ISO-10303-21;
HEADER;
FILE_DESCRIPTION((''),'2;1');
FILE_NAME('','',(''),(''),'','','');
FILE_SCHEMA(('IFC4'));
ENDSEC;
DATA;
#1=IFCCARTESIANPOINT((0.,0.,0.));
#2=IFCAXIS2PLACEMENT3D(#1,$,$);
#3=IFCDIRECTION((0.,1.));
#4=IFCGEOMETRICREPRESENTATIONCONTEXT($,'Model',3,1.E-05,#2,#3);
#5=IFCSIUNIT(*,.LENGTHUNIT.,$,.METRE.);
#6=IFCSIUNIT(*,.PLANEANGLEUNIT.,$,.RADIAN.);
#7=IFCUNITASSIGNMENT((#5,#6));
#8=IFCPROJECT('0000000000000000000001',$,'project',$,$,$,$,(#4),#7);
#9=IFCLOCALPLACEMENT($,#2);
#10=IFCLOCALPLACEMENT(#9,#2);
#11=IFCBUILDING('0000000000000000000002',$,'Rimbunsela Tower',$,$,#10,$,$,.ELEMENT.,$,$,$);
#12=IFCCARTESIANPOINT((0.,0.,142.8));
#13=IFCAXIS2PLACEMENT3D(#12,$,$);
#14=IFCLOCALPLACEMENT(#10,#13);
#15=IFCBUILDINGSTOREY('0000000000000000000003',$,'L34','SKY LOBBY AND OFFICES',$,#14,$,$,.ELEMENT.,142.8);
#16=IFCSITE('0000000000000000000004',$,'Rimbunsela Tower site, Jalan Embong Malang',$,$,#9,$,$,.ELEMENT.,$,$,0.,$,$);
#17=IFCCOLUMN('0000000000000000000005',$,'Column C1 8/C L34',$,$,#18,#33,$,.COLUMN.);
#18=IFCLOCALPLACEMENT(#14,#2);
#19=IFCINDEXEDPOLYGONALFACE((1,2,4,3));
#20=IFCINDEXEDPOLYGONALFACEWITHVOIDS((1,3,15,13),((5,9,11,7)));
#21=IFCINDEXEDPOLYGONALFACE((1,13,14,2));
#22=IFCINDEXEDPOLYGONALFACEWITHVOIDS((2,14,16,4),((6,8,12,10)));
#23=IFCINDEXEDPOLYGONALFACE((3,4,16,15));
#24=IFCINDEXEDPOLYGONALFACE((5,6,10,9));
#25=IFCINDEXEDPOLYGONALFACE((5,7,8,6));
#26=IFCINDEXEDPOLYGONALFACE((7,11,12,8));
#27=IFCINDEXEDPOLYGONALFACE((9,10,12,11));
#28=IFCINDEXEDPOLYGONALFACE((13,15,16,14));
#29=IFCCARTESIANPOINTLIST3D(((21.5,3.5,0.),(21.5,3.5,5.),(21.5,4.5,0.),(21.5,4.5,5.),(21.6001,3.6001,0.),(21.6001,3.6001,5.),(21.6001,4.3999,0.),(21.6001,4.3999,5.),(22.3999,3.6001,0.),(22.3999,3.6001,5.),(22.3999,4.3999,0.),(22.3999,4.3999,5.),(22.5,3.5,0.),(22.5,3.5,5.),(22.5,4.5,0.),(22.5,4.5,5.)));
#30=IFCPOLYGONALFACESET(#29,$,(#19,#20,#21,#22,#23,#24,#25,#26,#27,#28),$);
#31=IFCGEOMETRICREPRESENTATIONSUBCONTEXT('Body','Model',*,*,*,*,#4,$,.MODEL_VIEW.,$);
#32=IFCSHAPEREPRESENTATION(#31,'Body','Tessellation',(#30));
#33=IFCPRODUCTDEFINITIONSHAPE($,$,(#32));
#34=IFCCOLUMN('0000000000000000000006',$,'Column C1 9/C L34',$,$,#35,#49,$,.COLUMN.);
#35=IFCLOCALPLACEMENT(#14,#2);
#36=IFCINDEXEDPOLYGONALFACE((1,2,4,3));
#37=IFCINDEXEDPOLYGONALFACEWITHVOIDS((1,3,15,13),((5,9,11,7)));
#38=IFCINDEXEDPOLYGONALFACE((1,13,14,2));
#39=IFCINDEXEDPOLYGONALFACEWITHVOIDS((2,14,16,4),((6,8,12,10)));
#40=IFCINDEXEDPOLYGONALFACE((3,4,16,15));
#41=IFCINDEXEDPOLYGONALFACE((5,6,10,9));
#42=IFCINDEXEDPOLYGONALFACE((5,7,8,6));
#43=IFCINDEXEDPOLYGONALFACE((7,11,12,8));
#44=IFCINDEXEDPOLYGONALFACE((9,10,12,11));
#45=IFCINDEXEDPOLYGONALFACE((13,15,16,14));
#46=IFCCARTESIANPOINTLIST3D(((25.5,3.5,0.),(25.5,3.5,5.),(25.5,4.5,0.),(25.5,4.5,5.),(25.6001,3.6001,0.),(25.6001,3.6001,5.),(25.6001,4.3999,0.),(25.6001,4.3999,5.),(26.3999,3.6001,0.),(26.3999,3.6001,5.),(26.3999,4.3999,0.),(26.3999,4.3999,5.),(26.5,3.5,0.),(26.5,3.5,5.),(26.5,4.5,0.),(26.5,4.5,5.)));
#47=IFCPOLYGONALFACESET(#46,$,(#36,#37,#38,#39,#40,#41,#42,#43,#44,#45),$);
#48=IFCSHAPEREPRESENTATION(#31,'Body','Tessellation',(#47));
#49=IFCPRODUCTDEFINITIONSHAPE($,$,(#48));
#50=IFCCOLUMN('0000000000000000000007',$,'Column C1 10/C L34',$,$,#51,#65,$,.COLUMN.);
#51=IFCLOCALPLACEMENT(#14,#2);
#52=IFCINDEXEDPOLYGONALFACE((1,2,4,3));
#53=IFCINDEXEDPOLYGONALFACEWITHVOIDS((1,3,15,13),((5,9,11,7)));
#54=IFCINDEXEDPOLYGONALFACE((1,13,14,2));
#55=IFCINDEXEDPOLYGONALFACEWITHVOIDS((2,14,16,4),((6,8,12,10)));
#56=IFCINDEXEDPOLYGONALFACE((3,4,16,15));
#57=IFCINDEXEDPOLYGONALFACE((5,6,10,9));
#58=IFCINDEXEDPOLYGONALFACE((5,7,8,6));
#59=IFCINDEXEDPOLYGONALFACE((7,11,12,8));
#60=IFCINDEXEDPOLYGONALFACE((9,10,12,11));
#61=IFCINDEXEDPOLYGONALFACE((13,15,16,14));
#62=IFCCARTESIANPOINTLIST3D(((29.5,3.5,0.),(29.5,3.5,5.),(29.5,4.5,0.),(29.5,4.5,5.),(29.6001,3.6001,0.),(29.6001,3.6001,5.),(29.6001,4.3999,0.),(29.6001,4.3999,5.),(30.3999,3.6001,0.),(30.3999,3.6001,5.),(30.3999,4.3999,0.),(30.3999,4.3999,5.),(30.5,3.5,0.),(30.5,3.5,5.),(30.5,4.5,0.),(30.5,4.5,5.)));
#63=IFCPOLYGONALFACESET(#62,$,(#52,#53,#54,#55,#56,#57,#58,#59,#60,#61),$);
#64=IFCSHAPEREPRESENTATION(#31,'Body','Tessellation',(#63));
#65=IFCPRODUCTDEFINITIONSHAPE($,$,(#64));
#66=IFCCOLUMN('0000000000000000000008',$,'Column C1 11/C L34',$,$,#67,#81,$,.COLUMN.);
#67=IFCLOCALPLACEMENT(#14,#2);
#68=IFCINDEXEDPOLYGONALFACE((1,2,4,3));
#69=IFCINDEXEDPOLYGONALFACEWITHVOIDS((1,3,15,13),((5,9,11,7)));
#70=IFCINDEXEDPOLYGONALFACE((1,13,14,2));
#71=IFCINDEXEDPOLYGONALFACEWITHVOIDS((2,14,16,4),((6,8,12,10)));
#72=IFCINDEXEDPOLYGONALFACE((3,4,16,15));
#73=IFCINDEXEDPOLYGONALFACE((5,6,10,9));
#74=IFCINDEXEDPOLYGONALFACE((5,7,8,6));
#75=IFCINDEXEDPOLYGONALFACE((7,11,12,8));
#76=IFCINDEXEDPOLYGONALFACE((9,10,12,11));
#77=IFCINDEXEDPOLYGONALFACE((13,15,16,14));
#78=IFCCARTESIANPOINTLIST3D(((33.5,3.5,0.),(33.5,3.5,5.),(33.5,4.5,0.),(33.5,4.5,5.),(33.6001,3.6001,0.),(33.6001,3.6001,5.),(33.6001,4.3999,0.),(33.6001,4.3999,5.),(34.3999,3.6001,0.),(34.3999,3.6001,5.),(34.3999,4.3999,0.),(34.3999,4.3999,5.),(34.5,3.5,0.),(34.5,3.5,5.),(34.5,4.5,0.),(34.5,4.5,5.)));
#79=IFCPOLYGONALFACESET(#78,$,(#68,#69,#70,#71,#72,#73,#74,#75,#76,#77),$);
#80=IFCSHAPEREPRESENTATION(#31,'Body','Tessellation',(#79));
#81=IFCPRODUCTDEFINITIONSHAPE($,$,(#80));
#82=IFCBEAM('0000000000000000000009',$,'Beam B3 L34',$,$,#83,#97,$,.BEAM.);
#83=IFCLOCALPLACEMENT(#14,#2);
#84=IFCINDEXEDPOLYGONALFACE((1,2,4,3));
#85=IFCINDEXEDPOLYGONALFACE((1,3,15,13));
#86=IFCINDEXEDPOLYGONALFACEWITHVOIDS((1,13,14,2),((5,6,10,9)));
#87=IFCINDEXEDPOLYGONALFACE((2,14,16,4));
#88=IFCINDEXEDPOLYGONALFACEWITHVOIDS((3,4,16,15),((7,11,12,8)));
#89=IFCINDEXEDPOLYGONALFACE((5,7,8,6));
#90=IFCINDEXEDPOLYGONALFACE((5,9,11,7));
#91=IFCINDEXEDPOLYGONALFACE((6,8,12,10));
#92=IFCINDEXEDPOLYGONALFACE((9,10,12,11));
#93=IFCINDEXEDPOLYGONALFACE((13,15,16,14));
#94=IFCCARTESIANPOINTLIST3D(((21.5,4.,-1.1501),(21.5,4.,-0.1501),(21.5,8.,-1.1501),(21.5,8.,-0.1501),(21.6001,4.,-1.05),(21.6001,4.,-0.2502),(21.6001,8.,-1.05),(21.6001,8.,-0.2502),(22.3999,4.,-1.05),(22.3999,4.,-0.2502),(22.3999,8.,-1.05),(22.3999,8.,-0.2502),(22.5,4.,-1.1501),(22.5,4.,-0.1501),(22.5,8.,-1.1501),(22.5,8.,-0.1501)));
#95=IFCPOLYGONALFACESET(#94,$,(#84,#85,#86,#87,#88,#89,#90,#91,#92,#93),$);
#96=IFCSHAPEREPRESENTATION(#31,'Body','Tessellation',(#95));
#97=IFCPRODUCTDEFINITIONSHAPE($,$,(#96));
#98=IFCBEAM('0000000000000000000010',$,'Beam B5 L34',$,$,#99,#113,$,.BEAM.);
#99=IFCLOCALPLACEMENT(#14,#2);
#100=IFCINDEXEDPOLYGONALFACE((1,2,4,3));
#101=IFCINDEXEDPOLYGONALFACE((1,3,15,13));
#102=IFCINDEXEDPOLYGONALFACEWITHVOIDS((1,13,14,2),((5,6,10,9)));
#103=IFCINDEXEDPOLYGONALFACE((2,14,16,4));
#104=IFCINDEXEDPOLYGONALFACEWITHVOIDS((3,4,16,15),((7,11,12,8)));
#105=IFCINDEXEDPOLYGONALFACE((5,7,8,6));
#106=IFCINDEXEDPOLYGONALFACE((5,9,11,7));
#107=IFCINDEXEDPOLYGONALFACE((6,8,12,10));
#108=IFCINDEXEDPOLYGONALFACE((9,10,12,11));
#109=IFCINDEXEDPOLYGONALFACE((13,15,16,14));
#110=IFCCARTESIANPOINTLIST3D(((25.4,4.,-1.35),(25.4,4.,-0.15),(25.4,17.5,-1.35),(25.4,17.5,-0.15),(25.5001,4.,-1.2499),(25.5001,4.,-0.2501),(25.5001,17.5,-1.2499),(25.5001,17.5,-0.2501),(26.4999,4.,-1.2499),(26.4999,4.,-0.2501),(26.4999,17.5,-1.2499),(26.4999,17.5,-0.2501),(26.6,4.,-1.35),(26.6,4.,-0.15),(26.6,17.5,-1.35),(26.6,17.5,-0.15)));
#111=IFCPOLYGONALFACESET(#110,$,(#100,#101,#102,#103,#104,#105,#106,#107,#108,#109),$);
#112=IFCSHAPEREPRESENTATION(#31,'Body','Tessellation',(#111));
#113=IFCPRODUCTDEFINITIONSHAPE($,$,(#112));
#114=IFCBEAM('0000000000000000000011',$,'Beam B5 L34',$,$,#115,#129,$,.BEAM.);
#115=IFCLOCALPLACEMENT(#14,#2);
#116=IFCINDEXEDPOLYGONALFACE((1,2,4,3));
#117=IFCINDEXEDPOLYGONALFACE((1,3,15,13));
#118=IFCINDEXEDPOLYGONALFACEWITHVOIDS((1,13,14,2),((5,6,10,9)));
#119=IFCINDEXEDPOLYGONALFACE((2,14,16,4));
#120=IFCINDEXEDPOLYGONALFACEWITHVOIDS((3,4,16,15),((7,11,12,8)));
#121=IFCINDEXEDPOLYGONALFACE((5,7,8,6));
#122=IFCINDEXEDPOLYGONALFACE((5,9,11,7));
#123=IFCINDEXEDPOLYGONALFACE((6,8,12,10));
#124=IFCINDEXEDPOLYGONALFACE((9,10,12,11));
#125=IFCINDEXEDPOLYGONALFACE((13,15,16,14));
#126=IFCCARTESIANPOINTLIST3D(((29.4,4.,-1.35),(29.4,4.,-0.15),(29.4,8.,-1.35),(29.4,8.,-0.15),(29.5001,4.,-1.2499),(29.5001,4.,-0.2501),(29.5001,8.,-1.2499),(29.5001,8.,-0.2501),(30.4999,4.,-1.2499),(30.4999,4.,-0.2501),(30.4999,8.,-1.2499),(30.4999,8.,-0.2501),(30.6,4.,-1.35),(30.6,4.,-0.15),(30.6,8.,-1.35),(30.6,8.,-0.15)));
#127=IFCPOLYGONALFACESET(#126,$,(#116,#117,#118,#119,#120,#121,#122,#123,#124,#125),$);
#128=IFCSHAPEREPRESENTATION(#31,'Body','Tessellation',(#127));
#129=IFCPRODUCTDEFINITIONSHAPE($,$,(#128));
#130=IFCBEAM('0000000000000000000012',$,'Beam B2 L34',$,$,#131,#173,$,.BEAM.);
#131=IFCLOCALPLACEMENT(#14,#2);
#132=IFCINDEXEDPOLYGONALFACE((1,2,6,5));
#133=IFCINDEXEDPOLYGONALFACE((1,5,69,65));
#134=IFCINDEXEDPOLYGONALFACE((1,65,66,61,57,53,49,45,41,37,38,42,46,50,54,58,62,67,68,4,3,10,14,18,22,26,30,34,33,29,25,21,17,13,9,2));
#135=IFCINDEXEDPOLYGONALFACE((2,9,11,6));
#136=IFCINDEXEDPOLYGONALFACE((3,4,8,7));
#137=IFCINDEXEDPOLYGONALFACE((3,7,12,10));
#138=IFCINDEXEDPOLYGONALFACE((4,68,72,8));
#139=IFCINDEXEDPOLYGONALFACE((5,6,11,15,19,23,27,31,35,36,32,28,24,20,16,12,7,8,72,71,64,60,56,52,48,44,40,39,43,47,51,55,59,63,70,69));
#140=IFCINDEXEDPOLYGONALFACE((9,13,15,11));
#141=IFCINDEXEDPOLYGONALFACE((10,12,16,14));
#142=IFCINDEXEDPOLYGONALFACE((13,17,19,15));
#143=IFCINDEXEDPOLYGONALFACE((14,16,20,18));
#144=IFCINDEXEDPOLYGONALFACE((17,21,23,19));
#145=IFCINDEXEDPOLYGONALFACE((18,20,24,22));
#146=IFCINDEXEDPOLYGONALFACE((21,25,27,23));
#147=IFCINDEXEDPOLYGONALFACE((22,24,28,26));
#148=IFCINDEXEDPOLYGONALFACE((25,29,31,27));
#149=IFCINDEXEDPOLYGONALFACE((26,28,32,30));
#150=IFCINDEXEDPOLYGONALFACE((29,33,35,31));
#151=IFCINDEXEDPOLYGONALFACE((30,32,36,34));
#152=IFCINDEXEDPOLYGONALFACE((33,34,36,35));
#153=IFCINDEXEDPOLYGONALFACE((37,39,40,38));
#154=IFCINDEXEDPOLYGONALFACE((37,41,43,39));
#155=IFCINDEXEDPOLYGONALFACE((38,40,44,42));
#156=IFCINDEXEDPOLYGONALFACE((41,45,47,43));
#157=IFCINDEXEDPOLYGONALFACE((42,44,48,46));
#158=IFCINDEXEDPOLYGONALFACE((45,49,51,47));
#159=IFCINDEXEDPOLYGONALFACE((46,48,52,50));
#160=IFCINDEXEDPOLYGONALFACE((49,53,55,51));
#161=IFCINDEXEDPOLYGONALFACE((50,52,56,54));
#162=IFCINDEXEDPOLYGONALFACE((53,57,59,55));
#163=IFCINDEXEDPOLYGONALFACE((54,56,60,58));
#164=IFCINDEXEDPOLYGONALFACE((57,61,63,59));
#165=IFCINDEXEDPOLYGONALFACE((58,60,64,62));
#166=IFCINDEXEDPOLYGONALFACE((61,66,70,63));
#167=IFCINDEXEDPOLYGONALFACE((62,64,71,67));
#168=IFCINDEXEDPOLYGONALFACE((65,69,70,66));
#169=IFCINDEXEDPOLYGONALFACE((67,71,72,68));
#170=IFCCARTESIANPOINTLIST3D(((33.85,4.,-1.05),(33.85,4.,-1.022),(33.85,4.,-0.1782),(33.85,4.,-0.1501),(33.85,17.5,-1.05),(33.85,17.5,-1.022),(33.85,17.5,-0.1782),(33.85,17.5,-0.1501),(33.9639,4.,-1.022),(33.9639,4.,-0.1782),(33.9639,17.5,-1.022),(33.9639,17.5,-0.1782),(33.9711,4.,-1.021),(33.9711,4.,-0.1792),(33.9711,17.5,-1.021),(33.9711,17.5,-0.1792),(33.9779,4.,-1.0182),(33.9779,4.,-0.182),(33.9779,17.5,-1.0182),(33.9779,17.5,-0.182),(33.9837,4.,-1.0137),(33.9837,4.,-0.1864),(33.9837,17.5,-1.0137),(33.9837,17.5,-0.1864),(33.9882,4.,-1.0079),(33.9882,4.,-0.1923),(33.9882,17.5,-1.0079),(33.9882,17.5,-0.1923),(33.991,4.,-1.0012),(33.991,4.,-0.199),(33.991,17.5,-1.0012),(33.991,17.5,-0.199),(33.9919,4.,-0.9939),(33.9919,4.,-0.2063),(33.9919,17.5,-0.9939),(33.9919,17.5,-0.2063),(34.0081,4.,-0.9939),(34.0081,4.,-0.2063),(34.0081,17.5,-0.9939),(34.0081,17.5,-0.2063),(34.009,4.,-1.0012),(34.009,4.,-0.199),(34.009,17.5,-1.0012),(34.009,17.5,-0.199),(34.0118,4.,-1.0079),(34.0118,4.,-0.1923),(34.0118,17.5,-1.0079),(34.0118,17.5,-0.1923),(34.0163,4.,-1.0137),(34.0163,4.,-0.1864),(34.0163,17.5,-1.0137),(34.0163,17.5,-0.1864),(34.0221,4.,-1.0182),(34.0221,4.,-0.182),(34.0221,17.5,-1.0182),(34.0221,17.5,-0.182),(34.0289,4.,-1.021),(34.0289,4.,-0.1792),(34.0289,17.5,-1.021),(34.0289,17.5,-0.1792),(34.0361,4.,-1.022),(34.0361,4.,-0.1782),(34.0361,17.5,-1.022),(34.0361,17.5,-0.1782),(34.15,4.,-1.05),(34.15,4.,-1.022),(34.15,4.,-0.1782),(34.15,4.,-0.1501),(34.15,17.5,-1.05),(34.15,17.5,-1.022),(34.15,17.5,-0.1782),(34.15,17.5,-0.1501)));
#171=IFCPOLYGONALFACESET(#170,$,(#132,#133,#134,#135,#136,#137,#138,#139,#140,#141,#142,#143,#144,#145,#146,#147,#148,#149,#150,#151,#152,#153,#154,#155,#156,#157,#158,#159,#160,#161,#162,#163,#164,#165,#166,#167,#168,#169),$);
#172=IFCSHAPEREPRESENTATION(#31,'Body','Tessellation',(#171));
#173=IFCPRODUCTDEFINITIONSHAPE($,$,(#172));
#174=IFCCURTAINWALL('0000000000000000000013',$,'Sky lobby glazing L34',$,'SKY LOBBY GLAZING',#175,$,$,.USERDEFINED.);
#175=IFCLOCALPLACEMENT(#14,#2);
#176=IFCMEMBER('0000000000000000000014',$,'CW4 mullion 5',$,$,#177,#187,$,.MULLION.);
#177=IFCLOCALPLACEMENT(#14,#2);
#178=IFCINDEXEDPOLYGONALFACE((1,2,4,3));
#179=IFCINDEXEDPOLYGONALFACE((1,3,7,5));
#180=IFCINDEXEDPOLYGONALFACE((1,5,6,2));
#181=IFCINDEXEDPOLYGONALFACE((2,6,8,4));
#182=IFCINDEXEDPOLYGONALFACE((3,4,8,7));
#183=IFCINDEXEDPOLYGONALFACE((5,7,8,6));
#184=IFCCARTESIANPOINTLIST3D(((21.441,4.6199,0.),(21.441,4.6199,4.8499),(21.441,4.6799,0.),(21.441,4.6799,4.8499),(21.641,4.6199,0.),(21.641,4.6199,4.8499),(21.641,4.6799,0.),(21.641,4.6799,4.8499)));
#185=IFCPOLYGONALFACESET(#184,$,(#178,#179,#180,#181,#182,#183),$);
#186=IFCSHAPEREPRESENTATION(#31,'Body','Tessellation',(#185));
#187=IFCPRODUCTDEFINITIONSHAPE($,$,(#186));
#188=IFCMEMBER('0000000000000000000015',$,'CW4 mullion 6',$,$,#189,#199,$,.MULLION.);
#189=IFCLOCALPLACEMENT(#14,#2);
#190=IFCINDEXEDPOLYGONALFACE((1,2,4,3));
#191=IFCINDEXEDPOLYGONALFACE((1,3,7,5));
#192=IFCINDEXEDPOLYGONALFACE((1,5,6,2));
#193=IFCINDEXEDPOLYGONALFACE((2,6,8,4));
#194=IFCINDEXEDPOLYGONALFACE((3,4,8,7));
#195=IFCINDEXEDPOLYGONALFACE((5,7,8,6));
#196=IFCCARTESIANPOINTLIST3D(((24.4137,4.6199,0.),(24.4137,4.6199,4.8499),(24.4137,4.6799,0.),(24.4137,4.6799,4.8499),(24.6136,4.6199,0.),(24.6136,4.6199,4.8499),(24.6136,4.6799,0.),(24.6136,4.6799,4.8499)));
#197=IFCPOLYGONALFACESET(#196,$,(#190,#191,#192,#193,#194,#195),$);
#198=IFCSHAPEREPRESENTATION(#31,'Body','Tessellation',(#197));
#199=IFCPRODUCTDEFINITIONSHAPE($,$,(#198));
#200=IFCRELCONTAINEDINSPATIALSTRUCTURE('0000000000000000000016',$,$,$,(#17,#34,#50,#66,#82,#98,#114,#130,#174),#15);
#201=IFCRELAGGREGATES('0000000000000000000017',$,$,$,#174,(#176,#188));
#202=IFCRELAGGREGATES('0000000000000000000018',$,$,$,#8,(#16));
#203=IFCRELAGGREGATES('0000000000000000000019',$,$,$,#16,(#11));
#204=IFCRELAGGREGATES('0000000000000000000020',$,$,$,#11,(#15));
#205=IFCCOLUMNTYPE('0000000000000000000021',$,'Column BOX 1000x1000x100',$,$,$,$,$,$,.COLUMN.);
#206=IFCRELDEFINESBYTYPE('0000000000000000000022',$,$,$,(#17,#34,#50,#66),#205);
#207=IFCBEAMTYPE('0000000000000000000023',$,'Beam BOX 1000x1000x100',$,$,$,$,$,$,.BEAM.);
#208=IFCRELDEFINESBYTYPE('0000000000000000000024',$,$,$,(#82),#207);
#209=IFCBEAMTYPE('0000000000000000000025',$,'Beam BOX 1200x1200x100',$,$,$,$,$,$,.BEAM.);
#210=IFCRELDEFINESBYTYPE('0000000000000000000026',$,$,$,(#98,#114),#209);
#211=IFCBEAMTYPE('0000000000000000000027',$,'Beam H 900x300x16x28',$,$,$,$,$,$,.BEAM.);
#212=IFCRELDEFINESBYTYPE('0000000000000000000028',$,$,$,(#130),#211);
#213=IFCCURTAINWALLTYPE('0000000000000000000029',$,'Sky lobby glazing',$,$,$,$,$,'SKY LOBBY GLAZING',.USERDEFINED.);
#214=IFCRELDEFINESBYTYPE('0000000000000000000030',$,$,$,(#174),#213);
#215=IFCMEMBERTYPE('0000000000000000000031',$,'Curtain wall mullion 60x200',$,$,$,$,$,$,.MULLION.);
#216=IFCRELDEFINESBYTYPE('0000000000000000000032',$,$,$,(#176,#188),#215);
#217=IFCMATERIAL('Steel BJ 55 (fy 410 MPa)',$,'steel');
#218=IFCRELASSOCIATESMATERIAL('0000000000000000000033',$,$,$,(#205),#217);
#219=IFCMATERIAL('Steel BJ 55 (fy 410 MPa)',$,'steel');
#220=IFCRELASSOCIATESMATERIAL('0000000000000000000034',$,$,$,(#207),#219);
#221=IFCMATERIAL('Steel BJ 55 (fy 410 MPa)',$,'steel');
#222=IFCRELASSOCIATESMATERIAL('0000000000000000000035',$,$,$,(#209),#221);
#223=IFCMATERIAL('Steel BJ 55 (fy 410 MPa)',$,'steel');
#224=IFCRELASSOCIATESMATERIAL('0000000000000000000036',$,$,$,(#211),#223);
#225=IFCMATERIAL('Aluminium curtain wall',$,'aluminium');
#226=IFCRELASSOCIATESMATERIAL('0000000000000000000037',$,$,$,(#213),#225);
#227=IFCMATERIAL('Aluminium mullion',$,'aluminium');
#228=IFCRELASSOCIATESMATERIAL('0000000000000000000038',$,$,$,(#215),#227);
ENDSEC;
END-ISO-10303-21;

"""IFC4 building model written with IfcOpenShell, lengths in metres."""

from ifc_helpers import new_model, si_unit, direction, frame, origin, origin_2d, place, context, subcontext, project, spatial, rectangle, hollow_rectangle, i_section, extrude, material, material_profile, profile_set, type_object, element, aggregate, save


model = new_model("IFC4")

# Units and contexts
model_context = context("Model", 3, precision=1e-05, world=origin(), true_north=direction((0.0, 1.0)))
body_context = subcontext(model_context, "Body", "Model", "MODEL_VIEW")
ifc_project = project(units=[si_unit("LENGTHUNIT", "METRE"), si_unit("PLANEANGLEUNIT", "RADIAN")], contexts=[model_context])

# Site, building, storey
site_placement = place(None, origin())
site = spatial("IfcSite", under=ifc_project, at=site_placement, Name="Rimbunsela Tower site, Jalan Embong Malang", CompositionType="ELEMENT", RefElevation=0.0)
building_placement = place(site_placement, origin())
building = spatial("IfcBuilding", under=site, at=building_placement, Name="Rimbunsela Tower", CompositionType="ELEMENT")
storey_placement = place(building_placement, frame((0.0, 0.0, 142.8)))
storey = spatial("IfcBuildingStorey", under=building, at=storey_placement, Name="L34", Description="SKY LOBBY AND OFFICES", CompositionType="ELEMENT", Elevation=142.8)

# Columns
ifc_material_1 = material(Name="Steel BJ 55 (fy 410 MPa)", Category="steel")
ifc_material_profile_1 = material_profile(ifc_material_1, hollow_rectangle(XDim=1.0, YDim=1.0, WallThickness=0.1001, at=origin_2d()), Name="BOX 1000x1000x100")
ifc_profile_set_1 = profile_set([ifc_material_profile_1], Name="Steel BJ 55 (fy 410 MPa)")
column_type = type_object("IfcColumnType", Name="Column BOX 1000x1000x100", PredefinedType="COLUMN", material=ifc_profile_set_1)
for number, where, z_axis, x_axis, name in (
    (1, (22.0, 4.0, 0.0), (0.0, 0.0, 1.0), (1.0, 0.0, 0.0), "Column C1 8/C L34"),
    (2, (26.0, 4.0, 0.0), (0.0, 0.0, 1.0), (1.0, 0.0, 0.0), "Column C1 9/C L34"),
    (3, (30.0, 4.0, 0.0), (0.0, 0.0, 1.0), (1.0, 0.0, 0.0), "Column C1 10/C L34"),
    (4, (34.0, 4.0, 0.0), (0.0, 0.0, 1.0), (1.0, 0.0, 0.0), "Column C1 11/C L34"),
):
    element("IfcColumn", number, at=place(storey_placement, frame(where, z_axis=z_axis, x_axis=x_axis)), inside=storey, type_object=column_type, Name=name, PredefinedType="COLUMN", context=body_context, shape_type="SweptSolid", body=[
        extrude(hollow_rectangle(XDim=1.0, YDim=1.0, WallThickness=0.1001, at=origin_2d()), origin(), (0.0, 0.0, 1.0), 5.0),
    ])

# Beams
ifc_material_2 = material(Name="Steel BJ 55 (fy 410 MPa)", Category="steel")
ifc_material_profile_2 = material_profile(ifc_material_2, hollow_rectangle(XDim=1.0, YDim=1.0, WallThickness=0.1001, at=origin_2d()), Name="BOX 1000x1000x100")
ifc_profile_set_2 = profile_set([ifc_material_profile_2], Name="Steel BJ 55 (fy 410 MPa)")
beam_type_1 = type_object("IfcBeamType", Name="Beam BOX 1000x1000x100", PredefinedType="BEAM", material=ifc_profile_set_2)
beam_1_placement = place(storey_placement, frame((22.0, 4.0, -0.6501), z_axis=(0.0, 1.0, 0.0), x_axis=(-1.0, 0.0, 0.0)))
element("IfcBeam", 5, at=beam_1_placement, inside=storey, type_object=beam_type_1, Name="Beam B3 L34", PredefinedType="BEAM", context=body_context, shape_type="SweptSolid", body=[
    extrude(hollow_rectangle(XDim=1.0, YDim=1.0, WallThickness=0.1001, at=origin_2d()), origin(), (0.0, 0.0, 1.0), 4.0),
])
ifc_material_3 = material(Name="Steel BJ 55 (fy 410 MPa)", Category="steel")
ifc_material_profile_3 = material_profile(ifc_material_3, hollow_rectangle(XDim=1.2, YDim=1.2, WallThickness=0.1001, at=origin_2d()), Name="BOX 1200x1200x100")
ifc_profile_set_3 = profile_set([ifc_material_profile_3], Name="Steel BJ 55 (fy 410 MPa)")
beam_type_2 = type_object("IfcBeamType", Name="Beam BOX 1200x1200x100", PredefinedType="BEAM", material=ifc_profile_set_3)
beam_2_placement = place(storey_placement, frame((26.0, 4.0, -0.75), z_axis=(0.0, 1.0, 0.0), x_axis=(-1.0, 0.0, 0.0)))
element("IfcBeam", 6, at=beam_2_placement, inside=storey, type_object=beam_type_2, Name="Beam B5 L34", PredefinedType="BEAM", context=body_context, shape_type="SweptSolid", body=[
    extrude(hollow_rectangle(XDim=1.2, YDim=1.2, WallThickness=0.1001, at=origin_2d()), origin(), (0.0, 0.0, 1.0), 13.5),
])
beam_3_placement = place(storey_placement, frame((30.0, 4.0, -0.75), z_axis=(0.0, 1.0, 0.0), x_axis=(-1.0, 0.0, 0.0)))
element("IfcBeam", 7, at=beam_3_placement, inside=storey, type_object=beam_type_2, Name="Beam B5 L34", PredefinedType="BEAM", context=body_context, shape_type="SweptSolid", body=[
    extrude(hollow_rectangle(XDim=1.2, YDim=1.2, WallThickness=0.1001, at=origin_2d()), origin(), (0.0, 0.0, 1.0), 4.0),
])
ifc_material_4 = material(Name="Steel BJ 55 (fy 410 MPa)", Category="steel")
ifc_material_profile_4 = material_profile(ifc_material_4, i_section(OverallWidth=0.3, OverallDepth=0.8999, WebThickness=0.0161, FlangeThickness=0.0281, FilletRadius=0.0281, at=origin_2d()), Name="H 900x300x16x28")
ifc_profile_set_4 = profile_set([ifc_material_profile_4], Name="Steel BJ 55 (fy 410 MPa)")
beam_type_3 = type_object("IfcBeamType", Name="Beam H 900x300x16x28", PredefinedType="BEAM", material=ifc_profile_set_4)
beam_4_placement = place(storey_placement, frame((34.0, 4.0, -0.6001), z_axis=(0.0, 1.0, 0.0), x_axis=(-1.0, 0.0, 0.0)))
element("IfcBeam", 8, at=beam_4_placement, inside=storey, type_object=beam_type_3, Name="Beam B2 L34", PredefinedType="BEAM", context=body_context, shape_type="SweptSolid", body=[
    extrude(i_section(OverallWidth=0.3, OverallDepth=0.8999, WebThickness=0.0161, FlangeThickness=0.0281, FilletRadius=0.0281, at=origin_2d()), origin(), (0.0, 0.0, 1.0), 13.5),
])

# Curtain wall, members
ifc_material_5 = material(Name="Aluminium curtain wall", Category="aluminium")
curtain_wall_type = type_object("IfcCurtainWallType", Name="Sky lobby glazing", ElementType="SKY LOBBY GLAZING", PredefinedType="USERDEFINED", material=ifc_material_5)
curtain_wall_placement = place(storey_placement, origin())
curtain_wall = element("IfcCurtainWall", 9, at=curtain_wall_placement, inside=storey, type_object=curtain_wall_type, Name="Sky lobby glazing L34", ObjectType="SKY LOBBY GLAZING", PredefinedType="USERDEFINED")
ifc_material_6 = material(Name="Aluminium mullion", Category="aluminium")
ifc_material_profile_5 = material_profile(ifc_material_6, rectangle(XDim=0.0601, YDim=0.2, at=origin_2d()), Name="Mullion 60x200")
ifc_profile_set_5 = profile_set([ifc_material_profile_5], Name="Aluminium mullion")
member_type_1 = type_object("IfcMemberType", Name="Curtain wall mullion 60x200", PredefinedType="MULLION", material=ifc_profile_set_5)
member_1_placement = place(storey_placement, frame((21.541, 4.6499, 0.0), z_axis=(0.0, 0.0, 1.0), x_axis=(0.0, 1.0, 0.0)))
member_1 = element("IfcMember", 10, at=member_1_placement, type_object=member_type_1, Name="CW4 mullion 5", PredefinedType="MULLION", context=body_context, shape_type="SweptSolid", body=[
    extrude(rectangle(XDim=0.0601, YDim=0.2, at=origin_2d()), origin(), (0.0, 0.0, 1.0), 4.8499),
])
member_2_placement = place(storey_placement, frame((24.5137, 4.6499, 0.0), z_axis=(0.0, 0.0, 1.0), x_axis=(0.0, 1.0, 0.0)))
member_2 = element("IfcMember", 11, at=member_2_placement, type_object=member_type_1, Name="CW4 mullion 6", PredefinedType="MULLION", context=body_context, shape_type="SweptSolid", body=[
    extrude(rectangle(XDim=0.0601, YDim=0.2, at=origin_2d()), origin(), (0.0, 0.0, 1.0), 4.8499),
])
aggregate(curtain_wall, [member_1, member_2])

save(model, "model.ifc")
